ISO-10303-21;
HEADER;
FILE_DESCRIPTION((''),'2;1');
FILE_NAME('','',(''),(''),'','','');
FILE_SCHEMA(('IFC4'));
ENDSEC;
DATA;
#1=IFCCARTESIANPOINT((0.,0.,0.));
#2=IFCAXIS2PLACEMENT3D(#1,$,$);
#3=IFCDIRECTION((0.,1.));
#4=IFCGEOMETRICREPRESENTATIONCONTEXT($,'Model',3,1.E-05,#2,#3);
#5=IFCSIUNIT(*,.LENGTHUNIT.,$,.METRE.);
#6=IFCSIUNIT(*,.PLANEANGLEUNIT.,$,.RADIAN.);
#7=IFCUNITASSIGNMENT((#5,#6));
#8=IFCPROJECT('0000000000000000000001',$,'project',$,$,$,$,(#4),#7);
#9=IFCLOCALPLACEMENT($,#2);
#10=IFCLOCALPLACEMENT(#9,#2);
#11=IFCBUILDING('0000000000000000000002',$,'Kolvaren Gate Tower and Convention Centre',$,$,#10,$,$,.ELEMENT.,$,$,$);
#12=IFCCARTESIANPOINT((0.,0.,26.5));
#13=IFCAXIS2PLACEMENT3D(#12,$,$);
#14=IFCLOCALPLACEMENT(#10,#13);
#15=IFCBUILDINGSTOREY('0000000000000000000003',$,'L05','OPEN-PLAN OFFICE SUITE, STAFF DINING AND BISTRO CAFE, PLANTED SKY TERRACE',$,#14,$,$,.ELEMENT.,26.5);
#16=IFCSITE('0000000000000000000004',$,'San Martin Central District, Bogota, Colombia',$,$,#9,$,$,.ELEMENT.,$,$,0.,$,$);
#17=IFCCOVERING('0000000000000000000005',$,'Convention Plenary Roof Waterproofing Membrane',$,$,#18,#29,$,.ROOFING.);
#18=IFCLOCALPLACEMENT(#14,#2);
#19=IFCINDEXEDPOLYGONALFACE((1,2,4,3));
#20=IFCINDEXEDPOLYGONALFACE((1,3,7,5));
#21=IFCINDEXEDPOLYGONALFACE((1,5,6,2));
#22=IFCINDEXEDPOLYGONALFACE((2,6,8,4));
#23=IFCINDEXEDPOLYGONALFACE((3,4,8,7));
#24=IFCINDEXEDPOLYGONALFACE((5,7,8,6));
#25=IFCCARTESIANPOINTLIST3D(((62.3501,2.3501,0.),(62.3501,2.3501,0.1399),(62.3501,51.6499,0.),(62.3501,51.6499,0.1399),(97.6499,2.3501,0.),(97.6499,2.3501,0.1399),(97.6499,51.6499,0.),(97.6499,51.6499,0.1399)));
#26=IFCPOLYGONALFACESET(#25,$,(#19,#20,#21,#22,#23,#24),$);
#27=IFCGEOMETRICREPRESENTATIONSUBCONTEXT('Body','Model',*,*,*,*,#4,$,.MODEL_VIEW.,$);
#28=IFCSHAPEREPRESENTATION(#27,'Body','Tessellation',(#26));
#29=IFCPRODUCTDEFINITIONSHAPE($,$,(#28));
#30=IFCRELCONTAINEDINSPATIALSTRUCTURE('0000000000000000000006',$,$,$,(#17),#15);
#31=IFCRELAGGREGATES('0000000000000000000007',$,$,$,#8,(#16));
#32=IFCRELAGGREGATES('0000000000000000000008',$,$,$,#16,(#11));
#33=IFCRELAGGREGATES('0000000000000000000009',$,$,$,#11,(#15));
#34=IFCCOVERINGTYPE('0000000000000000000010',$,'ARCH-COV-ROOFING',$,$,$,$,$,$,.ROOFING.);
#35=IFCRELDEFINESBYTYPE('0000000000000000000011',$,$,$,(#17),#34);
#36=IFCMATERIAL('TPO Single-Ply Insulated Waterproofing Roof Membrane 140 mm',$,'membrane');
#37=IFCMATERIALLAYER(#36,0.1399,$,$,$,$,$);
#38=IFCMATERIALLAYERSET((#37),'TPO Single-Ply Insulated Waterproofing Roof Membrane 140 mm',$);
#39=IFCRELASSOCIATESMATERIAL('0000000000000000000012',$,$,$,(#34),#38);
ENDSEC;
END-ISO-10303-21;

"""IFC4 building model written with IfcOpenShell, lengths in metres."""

from ifc_helpers import new_model, si_unit, direction, frame, origin, place, context, subcontext, project, spatial, polyline, outline, extrude, material, layer, layer_set, type_object, element, save


model = new_model("IFC4")

# Units and contexts
model_context = context("Model", 3, precision=1e-05, world=origin(), true_north=direction((0.0, 1.0)))
body_context = subcontext(model_context, "Body", "Model", "MODEL_VIEW")
ifc_project = project(units=[si_unit("LENGTHUNIT", "METRE"), si_unit("PLANEANGLEUNIT", "RADIAN")], contexts=[model_context])

# Site, building, storey
site_placement = place(None, origin())
site = spatial("IfcSite", under=ifc_project, at=site_placement, Name="San Martin Central District, Bogota, Colombia", CompositionType="ELEMENT", RefElevation=0.0)
building_placement = place(site_placement, origin())
building = spatial("IfcBuilding", under=site, at=building_placement, Name="Kolvaren Gate Tower and Convention Centre", CompositionType="ELEMENT")
storey_placement = place(building_placement, frame((0.0, 0.0, 26.5)))
storey = spatial("IfcBuildingStorey", under=building, at=storey_placement, Name="L05", Description="OPEN-PLAN OFFICE SUITE, STAFF DINING AND BISTRO CAFE, PLANTED SKY TERRACE", CompositionType="ELEMENT", Elevation=26.5)

# Covering
ifc_material_1 = material(Name="TPO Single-Ply Insulated Waterproofing Roof Membrane 140 mm", Category="membrane")
ifc_layer_1 = layer(ifc_material_1, 0.1399)
ifc_layer_set_1 = layer_set([ifc_layer_1], Name="TPO Single-Ply Insulated Waterproofing Roof Membrane 140 mm")
covering_type = type_object("IfcCoveringType", Name="ARCH-COV-ROOFING", PredefinedType="ROOFING", material=ifc_layer_set_1)
covering_placement = place(storey_placement, origin())
element("IfcCovering", 1, at=covering_placement, inside=storey, type_object=covering_type, Name="Convention Plenary Roof Waterproofing Membrane", PredefinedType="ROOFING", context=body_context, shape_type="SweptSolid", body=[
    extrude(outline(polyline([(62.3501, 2.3501), (97.6499, 2.3501), (97.6499, 51.6499), (62.3501, 51.6499), (62.3501, 2.3501)])), origin(), (0.0, 0.0, 1.0), 0.1399),
])

save(model, "model.ifc")
